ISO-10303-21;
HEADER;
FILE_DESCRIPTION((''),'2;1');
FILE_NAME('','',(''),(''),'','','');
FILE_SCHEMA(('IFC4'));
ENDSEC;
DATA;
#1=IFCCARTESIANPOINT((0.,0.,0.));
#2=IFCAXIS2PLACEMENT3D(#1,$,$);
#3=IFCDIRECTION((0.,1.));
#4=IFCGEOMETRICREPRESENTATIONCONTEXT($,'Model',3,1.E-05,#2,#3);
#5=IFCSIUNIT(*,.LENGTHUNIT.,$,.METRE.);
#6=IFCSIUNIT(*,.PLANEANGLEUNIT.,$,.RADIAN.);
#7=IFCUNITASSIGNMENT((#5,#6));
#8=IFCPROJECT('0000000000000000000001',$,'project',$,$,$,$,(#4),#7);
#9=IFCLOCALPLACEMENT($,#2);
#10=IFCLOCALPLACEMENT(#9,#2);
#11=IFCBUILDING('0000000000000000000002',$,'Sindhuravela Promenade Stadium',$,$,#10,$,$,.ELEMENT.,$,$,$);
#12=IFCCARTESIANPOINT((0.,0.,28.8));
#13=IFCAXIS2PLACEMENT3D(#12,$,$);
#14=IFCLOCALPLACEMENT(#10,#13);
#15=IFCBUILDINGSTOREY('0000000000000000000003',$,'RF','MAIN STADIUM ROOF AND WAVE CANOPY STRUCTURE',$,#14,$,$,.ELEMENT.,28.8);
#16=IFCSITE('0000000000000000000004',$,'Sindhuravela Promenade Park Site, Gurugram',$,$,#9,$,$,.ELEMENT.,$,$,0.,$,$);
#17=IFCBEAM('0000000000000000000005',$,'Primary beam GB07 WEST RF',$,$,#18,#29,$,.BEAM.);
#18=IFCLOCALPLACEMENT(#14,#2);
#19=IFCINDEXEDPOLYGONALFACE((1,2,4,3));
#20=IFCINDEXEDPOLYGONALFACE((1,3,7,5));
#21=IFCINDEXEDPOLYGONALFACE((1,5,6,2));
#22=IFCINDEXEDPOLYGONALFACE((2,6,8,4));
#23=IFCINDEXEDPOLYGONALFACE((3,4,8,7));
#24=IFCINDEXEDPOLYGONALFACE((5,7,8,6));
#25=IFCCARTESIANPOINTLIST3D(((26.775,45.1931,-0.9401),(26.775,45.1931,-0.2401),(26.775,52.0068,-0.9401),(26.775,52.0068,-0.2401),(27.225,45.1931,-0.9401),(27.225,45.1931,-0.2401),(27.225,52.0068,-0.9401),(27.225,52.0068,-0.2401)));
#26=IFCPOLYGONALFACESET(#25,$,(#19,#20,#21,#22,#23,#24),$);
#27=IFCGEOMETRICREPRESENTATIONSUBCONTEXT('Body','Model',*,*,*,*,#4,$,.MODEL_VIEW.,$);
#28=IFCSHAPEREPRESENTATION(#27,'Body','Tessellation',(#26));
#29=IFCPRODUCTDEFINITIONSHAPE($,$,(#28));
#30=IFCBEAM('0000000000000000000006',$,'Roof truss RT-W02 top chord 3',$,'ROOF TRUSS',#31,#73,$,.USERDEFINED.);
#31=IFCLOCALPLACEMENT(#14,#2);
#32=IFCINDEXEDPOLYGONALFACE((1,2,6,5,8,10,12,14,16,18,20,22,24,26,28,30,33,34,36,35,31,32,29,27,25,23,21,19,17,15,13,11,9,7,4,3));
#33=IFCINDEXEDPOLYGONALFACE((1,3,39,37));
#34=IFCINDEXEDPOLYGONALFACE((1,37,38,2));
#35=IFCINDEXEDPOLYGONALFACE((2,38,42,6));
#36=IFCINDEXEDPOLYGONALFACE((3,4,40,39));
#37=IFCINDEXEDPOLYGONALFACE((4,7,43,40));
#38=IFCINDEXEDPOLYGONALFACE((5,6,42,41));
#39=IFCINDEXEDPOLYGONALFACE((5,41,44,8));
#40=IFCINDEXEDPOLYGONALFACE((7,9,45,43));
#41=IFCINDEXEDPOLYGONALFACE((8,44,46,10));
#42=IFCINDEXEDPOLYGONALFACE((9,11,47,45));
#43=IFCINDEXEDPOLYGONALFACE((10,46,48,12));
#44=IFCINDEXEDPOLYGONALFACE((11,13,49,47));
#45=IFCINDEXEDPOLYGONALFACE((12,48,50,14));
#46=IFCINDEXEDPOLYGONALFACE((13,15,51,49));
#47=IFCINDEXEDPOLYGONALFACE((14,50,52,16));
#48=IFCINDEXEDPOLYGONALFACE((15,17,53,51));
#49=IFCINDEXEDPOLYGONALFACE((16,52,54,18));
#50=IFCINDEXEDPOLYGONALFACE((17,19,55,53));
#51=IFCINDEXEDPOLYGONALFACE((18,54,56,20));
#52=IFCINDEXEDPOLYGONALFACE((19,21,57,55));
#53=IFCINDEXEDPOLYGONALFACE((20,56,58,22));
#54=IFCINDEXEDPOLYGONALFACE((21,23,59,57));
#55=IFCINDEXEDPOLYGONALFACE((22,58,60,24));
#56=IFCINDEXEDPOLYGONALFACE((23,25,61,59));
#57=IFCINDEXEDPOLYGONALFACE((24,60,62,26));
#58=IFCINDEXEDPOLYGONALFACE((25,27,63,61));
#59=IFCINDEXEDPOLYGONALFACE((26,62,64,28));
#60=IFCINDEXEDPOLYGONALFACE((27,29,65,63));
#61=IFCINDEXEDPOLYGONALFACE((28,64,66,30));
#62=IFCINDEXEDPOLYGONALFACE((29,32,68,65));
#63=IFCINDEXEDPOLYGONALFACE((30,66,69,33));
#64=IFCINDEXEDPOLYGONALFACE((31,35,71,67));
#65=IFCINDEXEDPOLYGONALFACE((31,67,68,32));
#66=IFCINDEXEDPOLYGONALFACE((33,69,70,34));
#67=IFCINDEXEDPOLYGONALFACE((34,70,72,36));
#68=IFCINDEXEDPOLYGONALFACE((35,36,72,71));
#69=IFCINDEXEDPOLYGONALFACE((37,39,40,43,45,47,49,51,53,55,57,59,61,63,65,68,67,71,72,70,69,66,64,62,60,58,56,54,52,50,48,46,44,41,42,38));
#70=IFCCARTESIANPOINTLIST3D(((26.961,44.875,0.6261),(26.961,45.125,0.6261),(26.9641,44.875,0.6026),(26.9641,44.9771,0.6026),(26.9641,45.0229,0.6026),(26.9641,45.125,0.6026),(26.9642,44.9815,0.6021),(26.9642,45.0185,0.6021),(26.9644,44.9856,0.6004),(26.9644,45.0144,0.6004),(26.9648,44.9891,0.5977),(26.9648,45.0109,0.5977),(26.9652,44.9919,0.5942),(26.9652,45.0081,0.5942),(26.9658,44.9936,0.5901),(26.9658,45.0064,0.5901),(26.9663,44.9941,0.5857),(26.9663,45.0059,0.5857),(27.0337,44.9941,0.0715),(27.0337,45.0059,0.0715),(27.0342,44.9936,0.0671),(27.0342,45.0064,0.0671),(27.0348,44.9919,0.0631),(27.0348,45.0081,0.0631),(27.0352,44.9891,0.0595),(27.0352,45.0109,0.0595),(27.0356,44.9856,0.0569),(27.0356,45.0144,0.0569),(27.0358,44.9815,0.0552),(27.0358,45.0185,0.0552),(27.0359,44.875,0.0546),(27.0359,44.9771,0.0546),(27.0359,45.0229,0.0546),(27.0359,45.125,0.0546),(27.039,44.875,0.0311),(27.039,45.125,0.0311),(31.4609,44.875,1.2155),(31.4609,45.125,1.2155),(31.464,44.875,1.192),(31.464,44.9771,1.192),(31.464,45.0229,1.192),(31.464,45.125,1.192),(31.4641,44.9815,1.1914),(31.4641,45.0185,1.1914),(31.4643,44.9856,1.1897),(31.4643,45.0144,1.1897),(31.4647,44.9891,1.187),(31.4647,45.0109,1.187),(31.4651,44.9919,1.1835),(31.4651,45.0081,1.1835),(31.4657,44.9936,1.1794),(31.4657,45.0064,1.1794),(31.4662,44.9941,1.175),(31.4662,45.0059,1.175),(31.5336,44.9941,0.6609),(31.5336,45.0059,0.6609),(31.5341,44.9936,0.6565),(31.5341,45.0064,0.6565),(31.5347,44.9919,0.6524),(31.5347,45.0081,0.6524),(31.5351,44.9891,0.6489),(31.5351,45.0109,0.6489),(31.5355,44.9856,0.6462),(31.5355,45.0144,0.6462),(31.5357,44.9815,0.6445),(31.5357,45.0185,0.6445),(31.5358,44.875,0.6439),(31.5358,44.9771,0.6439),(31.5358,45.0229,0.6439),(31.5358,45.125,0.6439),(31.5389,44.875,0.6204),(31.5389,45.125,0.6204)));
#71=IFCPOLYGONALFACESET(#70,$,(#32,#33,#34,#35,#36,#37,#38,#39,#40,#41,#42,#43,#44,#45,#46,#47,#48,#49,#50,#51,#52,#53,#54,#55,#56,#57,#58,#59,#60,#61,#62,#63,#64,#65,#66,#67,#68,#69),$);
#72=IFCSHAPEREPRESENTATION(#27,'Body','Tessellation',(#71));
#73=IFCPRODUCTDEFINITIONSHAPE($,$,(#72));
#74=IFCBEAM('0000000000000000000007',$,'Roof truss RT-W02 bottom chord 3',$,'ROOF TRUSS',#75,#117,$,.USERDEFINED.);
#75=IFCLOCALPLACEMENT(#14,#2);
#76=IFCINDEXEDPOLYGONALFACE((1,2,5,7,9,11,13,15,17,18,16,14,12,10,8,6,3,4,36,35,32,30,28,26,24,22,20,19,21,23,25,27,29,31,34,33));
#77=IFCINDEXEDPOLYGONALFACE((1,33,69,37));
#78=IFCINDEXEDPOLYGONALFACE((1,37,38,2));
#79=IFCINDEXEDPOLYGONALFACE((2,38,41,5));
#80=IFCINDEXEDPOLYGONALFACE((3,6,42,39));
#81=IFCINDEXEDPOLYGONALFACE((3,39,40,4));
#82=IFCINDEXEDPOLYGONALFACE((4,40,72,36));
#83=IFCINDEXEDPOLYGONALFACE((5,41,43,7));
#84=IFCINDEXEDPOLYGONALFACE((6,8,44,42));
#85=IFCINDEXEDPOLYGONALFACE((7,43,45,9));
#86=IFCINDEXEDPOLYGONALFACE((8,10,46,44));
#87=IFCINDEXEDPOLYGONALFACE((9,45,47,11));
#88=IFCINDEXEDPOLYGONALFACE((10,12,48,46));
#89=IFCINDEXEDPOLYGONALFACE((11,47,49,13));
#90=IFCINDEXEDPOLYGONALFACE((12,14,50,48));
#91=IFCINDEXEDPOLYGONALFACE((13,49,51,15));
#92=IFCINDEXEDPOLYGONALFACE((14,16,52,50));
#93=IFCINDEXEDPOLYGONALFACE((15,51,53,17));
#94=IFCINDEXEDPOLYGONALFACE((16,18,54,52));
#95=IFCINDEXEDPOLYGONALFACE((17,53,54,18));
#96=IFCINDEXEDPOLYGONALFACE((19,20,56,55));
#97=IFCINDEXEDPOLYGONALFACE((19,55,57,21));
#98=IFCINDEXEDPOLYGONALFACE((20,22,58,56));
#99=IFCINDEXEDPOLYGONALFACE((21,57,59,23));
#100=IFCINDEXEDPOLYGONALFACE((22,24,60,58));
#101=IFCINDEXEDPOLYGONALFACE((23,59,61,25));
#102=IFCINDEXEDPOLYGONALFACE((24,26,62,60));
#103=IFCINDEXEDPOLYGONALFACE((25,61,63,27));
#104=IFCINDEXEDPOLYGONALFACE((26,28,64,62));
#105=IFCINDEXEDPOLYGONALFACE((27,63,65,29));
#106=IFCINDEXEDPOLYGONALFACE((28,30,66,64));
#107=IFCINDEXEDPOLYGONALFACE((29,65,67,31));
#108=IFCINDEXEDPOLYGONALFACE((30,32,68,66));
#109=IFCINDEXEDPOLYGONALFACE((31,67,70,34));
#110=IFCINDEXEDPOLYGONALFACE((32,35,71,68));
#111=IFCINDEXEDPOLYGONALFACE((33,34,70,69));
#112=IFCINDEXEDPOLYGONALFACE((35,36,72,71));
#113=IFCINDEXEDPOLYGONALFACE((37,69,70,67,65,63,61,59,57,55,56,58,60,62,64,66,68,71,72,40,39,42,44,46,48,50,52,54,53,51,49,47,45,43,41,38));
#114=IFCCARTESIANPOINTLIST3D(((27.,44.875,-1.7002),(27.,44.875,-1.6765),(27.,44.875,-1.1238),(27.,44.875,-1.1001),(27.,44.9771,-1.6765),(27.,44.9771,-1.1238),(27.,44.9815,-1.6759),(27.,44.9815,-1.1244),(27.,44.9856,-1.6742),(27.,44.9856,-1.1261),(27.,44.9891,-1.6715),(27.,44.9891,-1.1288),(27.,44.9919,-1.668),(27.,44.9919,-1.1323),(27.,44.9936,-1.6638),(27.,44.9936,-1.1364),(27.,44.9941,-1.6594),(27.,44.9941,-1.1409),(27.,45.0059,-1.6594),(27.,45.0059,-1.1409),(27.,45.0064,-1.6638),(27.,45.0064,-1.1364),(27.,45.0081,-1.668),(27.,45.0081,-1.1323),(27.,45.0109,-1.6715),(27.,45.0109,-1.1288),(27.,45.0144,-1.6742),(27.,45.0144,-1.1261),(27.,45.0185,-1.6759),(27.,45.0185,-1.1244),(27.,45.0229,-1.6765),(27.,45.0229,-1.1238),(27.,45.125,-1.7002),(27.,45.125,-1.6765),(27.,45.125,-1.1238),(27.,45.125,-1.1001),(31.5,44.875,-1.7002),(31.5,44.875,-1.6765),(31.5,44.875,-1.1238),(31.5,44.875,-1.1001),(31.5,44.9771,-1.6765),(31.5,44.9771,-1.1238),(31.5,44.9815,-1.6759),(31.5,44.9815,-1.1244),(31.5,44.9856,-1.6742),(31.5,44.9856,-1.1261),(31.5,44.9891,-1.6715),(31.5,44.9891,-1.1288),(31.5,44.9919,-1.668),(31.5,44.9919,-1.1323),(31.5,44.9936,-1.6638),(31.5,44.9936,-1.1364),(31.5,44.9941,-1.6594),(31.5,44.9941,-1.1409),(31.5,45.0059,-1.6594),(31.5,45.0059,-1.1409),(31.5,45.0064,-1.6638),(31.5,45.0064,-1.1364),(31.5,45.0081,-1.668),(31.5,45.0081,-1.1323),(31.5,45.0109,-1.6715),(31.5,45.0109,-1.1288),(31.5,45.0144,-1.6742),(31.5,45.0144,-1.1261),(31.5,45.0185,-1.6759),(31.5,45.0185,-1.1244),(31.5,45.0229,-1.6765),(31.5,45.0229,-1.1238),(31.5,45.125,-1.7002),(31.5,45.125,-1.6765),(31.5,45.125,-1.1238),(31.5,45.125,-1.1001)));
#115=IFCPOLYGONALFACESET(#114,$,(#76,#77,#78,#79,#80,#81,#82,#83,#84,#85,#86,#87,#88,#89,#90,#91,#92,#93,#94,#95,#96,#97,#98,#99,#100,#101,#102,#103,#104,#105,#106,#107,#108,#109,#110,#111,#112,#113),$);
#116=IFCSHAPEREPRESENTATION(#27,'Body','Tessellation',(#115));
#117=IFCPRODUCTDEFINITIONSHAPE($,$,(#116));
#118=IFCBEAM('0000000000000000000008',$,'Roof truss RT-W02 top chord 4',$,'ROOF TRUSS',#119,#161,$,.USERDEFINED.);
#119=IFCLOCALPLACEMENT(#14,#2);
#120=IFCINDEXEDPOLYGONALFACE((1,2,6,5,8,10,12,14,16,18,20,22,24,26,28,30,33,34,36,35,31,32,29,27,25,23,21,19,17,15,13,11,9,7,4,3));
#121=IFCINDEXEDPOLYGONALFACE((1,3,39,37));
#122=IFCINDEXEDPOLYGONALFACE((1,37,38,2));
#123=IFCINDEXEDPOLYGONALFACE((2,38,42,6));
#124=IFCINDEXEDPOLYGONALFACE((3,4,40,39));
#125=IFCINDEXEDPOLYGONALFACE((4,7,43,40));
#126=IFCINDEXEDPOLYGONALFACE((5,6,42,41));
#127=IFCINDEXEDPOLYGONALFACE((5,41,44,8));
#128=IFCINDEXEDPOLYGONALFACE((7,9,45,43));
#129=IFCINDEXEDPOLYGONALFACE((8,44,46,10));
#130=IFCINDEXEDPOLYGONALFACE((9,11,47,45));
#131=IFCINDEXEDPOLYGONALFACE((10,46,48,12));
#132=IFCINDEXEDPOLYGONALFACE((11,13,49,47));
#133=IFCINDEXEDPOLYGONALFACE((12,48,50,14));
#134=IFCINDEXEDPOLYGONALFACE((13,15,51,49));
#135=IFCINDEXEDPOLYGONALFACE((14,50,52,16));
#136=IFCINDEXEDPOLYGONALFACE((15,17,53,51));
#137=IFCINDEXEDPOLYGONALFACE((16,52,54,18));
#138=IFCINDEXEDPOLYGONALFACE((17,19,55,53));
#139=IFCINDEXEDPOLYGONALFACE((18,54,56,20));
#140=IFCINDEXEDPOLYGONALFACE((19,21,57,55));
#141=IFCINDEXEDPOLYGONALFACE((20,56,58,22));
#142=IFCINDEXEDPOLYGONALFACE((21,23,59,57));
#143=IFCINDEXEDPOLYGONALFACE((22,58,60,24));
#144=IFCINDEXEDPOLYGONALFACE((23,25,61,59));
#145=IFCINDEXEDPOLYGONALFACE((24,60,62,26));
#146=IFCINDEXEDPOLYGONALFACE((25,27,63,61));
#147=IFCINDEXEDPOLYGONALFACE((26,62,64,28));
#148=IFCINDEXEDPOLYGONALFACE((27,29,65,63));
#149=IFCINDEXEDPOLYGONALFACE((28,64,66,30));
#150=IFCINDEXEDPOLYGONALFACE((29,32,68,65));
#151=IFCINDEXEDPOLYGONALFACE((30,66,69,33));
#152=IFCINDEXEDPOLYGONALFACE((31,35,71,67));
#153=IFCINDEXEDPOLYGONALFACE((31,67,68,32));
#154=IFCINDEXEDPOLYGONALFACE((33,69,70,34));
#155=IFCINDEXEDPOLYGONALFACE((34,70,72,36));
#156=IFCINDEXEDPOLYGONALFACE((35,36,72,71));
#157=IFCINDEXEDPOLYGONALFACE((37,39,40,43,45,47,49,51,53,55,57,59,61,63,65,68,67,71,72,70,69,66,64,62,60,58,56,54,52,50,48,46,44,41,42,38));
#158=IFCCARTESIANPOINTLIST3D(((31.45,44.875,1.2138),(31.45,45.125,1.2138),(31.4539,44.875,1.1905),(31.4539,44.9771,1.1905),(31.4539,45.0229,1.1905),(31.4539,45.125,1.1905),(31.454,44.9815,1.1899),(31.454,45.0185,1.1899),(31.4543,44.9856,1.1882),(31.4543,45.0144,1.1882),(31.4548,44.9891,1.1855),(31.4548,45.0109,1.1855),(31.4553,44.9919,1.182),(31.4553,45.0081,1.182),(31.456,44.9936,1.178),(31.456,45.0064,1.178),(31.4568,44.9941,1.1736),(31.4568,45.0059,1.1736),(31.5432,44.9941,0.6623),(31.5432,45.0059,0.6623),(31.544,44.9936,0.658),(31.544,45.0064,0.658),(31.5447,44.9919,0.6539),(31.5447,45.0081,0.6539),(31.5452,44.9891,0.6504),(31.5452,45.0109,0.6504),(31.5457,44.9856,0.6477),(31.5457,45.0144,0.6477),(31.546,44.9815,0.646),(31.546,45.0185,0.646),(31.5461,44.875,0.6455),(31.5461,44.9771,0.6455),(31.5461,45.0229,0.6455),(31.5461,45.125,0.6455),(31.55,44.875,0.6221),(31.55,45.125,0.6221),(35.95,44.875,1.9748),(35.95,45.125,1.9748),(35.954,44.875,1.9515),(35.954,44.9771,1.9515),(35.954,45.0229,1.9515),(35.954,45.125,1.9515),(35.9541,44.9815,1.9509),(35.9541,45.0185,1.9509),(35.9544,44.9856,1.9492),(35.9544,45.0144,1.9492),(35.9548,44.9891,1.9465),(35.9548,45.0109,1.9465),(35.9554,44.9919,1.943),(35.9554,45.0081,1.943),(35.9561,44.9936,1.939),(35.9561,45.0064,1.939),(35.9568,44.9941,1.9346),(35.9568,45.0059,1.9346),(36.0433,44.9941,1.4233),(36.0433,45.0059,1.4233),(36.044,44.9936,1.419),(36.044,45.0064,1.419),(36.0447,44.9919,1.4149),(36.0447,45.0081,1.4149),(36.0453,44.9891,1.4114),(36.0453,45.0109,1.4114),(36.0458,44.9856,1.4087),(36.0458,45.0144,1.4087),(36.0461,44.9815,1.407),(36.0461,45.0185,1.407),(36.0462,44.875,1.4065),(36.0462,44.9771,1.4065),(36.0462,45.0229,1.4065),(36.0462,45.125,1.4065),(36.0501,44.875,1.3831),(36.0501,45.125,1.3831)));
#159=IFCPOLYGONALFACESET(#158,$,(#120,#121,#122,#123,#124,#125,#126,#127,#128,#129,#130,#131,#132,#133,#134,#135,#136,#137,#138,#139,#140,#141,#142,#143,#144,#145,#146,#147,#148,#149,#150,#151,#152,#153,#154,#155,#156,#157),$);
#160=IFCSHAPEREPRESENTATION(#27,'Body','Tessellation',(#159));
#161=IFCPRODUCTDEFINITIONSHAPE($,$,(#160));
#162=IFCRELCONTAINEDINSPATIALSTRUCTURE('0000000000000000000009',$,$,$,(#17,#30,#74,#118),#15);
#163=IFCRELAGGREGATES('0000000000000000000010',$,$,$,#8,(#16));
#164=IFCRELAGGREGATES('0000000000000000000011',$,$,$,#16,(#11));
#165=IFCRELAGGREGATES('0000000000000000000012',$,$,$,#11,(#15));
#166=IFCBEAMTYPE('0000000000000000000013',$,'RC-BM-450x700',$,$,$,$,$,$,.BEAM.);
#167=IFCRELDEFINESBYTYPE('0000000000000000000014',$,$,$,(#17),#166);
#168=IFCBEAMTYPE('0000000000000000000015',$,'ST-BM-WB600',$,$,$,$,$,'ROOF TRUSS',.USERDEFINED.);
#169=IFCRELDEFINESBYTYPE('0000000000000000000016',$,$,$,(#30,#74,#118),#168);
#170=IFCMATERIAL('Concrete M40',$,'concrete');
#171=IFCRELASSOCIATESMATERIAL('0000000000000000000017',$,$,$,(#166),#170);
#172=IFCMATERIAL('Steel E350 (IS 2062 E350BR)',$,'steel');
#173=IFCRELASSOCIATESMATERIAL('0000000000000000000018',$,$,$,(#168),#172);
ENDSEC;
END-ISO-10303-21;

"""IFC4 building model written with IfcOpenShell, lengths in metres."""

from ifc_helpers import new_model, si_unit, direction, frame, origin, origin_2d, place, context, subcontext, project, spatial, rectangle, i_section, extrude, material, material_profile, profile_set, type_object, element, save


model = new_model("IFC4")

# Units and contexts
model_context = context("Model", 3, precision=1e-05, world=origin(), true_north=direction((0.0, 1.0)))
body_context = subcontext(model_context, "Body", "Model", "MODEL_VIEW")
ifc_project = project(units=[si_unit("LENGTHUNIT", "METRE"), si_unit("PLANEANGLEUNIT", "RADIAN")], contexts=[model_context])

# Site, building, storey
site_placement = place(None, origin())
site = spatial("IfcSite", under=ifc_project, at=site_placement, Name="Sindhuravela Promenade Park Site, Gurugram", CompositionType="ELEMENT", RefElevation=0.0)
building_placement = place(site_placement, origin())
building = spatial("IfcBuilding", under=site, at=building_placement, Name="Sindhuravela Promenade Stadium", CompositionType="ELEMENT")
storey_placement = place(building_placement, frame((0.0, 0.0, 28.8)))
storey = spatial("IfcBuildingStorey", under=building, at=storey_placement, Name="RF", Description="MAIN STADIUM ROOF AND WAVE CANOPY STRUCTURE", CompositionType="ELEMENT", Elevation=28.8)

# Beams
ifc_material_1 = material(Name="Concrete M40", Category="concrete")
ifc_material_profile_1 = material_profile(ifc_material_1, rectangle(XDim=0.45, YDim=0.7, at=origin_2d()), Name="RC 450x700")
ifc_profile_set_1 = profile_set([ifc_material_profile_1], Name="Concrete M40")
beam_type_1 = type_object("IfcBeamType", Name="RC-BM-450x700", PredefinedType="BEAM", material=ifc_profile_set_1)
beam_1_placement = place(storey_placement, frame((27.0, 45.1931, -0.5901), z_axis=(0.0, 1.0, 0.0), x_axis=(-1.0, 0.0, 0.0)))
element("IfcBeam", 1, at=beam_1_placement, inside=storey, type_object=beam_type_1, Name="Primary beam GB07 WEST RF", PredefinedType="BEAM", context=body_context, shape_type="SweptSolid", body=[
    extrude(rectangle(XDim=0.45, YDim=0.7, at=origin_2d()), origin(), (0.0, 0.0, 1.0), 6.8137),
])
ifc_material_2 = material(Name="Steel E350 (IS 2062 E350BR)", Category="steel")
ifc_material_profile_2 = material_profile(ifc_material_2, i_section(OverallWidth=0.25, OverallDepth=0.6001, WebThickness=0.0117, FlangeThickness=0.0237, FilletRadius=0.0171, at=origin_2d()), Name="ISWB 600")
ifc_profile_set_2 = profile_set([ifc_material_profile_2], Name="Steel E350 (IS 2062 E350BR)")
beam_type_2 = type_object("IfcBeamType", Name="ST-BM-WB600", ElementType="ROOF TRUSS", PredefinedType="USERDEFINED", material=ifc_profile_set_2)
beam_2_placement = place(storey_placement, frame((27.0, 45.0, 0.3286), z_axis=(0.991532, 0.0, 0.129859), x_axis=(0.0, 1.0, 0.0)))
element("IfcBeam", 2, at=beam_2_placement, inside=storey, type_object=beam_type_2, Name="Roof truss RT-W02 top chord 3", ObjectType="ROOF TRUSS", PredefinedType="USERDEFINED", context=body_context, shape_type="SweptSolid", body=[
    extrude(i_section(OverallWidth=0.25, OverallDepth=0.6001, WebThickness=0.0117, FlangeThickness=0.0237, FilletRadius=0.0171, at=origin_2d()), origin(), (0.0, 0.0, 1.0), 4.5383),
])
beam_3_placement = place(storey_placement, frame((27.0, 45.0, -1.4001), z_axis=(1.0, 0.0, 0.0), x_axis=(0.0, 1.0, 0.0)))
element("IfcBeam", 3, at=beam_3_placement, inside=storey, type_object=beam_type_2, Name="Roof truss RT-W02 bottom chord 3", ObjectType="ROOF TRUSS", PredefinedType="USERDEFINED", context=body_context, shape_type="SweptSolid", body=[
    extrude(i_section(OverallWidth=0.25, OverallDepth=0.6001, WebThickness=0.0117, FlangeThickness=0.0237, FilletRadius=0.0171, at=origin_2d()), origin(), (0.0, 0.0, 1.0), 4.5),
])
beam_4_placement = place(storey_placement, frame((31.5, 45.0, 0.918), z_axis=(0.986001, 0.0, 0.166741), x_axis=(0.0, 1.0, 0.0)))
element("IfcBeam", 4, at=beam_4_placement, inside=storey, type_object=beam_type_2, Name="Roof truss RT-W02 top chord 4", ObjectType="ROOF TRUSS", PredefinedType="USERDEFINED", context=body_context, shape_type="SweptSolid", body=[
    extrude(i_section(OverallWidth=0.25, OverallDepth=0.6001, WebThickness=0.0117, FlangeThickness=0.0237, FilletRadius=0.0171, at=origin_2d()), origin(), (0.0, 0.0, 1.0), 4.564),
])

save(model, "model.ifc")
